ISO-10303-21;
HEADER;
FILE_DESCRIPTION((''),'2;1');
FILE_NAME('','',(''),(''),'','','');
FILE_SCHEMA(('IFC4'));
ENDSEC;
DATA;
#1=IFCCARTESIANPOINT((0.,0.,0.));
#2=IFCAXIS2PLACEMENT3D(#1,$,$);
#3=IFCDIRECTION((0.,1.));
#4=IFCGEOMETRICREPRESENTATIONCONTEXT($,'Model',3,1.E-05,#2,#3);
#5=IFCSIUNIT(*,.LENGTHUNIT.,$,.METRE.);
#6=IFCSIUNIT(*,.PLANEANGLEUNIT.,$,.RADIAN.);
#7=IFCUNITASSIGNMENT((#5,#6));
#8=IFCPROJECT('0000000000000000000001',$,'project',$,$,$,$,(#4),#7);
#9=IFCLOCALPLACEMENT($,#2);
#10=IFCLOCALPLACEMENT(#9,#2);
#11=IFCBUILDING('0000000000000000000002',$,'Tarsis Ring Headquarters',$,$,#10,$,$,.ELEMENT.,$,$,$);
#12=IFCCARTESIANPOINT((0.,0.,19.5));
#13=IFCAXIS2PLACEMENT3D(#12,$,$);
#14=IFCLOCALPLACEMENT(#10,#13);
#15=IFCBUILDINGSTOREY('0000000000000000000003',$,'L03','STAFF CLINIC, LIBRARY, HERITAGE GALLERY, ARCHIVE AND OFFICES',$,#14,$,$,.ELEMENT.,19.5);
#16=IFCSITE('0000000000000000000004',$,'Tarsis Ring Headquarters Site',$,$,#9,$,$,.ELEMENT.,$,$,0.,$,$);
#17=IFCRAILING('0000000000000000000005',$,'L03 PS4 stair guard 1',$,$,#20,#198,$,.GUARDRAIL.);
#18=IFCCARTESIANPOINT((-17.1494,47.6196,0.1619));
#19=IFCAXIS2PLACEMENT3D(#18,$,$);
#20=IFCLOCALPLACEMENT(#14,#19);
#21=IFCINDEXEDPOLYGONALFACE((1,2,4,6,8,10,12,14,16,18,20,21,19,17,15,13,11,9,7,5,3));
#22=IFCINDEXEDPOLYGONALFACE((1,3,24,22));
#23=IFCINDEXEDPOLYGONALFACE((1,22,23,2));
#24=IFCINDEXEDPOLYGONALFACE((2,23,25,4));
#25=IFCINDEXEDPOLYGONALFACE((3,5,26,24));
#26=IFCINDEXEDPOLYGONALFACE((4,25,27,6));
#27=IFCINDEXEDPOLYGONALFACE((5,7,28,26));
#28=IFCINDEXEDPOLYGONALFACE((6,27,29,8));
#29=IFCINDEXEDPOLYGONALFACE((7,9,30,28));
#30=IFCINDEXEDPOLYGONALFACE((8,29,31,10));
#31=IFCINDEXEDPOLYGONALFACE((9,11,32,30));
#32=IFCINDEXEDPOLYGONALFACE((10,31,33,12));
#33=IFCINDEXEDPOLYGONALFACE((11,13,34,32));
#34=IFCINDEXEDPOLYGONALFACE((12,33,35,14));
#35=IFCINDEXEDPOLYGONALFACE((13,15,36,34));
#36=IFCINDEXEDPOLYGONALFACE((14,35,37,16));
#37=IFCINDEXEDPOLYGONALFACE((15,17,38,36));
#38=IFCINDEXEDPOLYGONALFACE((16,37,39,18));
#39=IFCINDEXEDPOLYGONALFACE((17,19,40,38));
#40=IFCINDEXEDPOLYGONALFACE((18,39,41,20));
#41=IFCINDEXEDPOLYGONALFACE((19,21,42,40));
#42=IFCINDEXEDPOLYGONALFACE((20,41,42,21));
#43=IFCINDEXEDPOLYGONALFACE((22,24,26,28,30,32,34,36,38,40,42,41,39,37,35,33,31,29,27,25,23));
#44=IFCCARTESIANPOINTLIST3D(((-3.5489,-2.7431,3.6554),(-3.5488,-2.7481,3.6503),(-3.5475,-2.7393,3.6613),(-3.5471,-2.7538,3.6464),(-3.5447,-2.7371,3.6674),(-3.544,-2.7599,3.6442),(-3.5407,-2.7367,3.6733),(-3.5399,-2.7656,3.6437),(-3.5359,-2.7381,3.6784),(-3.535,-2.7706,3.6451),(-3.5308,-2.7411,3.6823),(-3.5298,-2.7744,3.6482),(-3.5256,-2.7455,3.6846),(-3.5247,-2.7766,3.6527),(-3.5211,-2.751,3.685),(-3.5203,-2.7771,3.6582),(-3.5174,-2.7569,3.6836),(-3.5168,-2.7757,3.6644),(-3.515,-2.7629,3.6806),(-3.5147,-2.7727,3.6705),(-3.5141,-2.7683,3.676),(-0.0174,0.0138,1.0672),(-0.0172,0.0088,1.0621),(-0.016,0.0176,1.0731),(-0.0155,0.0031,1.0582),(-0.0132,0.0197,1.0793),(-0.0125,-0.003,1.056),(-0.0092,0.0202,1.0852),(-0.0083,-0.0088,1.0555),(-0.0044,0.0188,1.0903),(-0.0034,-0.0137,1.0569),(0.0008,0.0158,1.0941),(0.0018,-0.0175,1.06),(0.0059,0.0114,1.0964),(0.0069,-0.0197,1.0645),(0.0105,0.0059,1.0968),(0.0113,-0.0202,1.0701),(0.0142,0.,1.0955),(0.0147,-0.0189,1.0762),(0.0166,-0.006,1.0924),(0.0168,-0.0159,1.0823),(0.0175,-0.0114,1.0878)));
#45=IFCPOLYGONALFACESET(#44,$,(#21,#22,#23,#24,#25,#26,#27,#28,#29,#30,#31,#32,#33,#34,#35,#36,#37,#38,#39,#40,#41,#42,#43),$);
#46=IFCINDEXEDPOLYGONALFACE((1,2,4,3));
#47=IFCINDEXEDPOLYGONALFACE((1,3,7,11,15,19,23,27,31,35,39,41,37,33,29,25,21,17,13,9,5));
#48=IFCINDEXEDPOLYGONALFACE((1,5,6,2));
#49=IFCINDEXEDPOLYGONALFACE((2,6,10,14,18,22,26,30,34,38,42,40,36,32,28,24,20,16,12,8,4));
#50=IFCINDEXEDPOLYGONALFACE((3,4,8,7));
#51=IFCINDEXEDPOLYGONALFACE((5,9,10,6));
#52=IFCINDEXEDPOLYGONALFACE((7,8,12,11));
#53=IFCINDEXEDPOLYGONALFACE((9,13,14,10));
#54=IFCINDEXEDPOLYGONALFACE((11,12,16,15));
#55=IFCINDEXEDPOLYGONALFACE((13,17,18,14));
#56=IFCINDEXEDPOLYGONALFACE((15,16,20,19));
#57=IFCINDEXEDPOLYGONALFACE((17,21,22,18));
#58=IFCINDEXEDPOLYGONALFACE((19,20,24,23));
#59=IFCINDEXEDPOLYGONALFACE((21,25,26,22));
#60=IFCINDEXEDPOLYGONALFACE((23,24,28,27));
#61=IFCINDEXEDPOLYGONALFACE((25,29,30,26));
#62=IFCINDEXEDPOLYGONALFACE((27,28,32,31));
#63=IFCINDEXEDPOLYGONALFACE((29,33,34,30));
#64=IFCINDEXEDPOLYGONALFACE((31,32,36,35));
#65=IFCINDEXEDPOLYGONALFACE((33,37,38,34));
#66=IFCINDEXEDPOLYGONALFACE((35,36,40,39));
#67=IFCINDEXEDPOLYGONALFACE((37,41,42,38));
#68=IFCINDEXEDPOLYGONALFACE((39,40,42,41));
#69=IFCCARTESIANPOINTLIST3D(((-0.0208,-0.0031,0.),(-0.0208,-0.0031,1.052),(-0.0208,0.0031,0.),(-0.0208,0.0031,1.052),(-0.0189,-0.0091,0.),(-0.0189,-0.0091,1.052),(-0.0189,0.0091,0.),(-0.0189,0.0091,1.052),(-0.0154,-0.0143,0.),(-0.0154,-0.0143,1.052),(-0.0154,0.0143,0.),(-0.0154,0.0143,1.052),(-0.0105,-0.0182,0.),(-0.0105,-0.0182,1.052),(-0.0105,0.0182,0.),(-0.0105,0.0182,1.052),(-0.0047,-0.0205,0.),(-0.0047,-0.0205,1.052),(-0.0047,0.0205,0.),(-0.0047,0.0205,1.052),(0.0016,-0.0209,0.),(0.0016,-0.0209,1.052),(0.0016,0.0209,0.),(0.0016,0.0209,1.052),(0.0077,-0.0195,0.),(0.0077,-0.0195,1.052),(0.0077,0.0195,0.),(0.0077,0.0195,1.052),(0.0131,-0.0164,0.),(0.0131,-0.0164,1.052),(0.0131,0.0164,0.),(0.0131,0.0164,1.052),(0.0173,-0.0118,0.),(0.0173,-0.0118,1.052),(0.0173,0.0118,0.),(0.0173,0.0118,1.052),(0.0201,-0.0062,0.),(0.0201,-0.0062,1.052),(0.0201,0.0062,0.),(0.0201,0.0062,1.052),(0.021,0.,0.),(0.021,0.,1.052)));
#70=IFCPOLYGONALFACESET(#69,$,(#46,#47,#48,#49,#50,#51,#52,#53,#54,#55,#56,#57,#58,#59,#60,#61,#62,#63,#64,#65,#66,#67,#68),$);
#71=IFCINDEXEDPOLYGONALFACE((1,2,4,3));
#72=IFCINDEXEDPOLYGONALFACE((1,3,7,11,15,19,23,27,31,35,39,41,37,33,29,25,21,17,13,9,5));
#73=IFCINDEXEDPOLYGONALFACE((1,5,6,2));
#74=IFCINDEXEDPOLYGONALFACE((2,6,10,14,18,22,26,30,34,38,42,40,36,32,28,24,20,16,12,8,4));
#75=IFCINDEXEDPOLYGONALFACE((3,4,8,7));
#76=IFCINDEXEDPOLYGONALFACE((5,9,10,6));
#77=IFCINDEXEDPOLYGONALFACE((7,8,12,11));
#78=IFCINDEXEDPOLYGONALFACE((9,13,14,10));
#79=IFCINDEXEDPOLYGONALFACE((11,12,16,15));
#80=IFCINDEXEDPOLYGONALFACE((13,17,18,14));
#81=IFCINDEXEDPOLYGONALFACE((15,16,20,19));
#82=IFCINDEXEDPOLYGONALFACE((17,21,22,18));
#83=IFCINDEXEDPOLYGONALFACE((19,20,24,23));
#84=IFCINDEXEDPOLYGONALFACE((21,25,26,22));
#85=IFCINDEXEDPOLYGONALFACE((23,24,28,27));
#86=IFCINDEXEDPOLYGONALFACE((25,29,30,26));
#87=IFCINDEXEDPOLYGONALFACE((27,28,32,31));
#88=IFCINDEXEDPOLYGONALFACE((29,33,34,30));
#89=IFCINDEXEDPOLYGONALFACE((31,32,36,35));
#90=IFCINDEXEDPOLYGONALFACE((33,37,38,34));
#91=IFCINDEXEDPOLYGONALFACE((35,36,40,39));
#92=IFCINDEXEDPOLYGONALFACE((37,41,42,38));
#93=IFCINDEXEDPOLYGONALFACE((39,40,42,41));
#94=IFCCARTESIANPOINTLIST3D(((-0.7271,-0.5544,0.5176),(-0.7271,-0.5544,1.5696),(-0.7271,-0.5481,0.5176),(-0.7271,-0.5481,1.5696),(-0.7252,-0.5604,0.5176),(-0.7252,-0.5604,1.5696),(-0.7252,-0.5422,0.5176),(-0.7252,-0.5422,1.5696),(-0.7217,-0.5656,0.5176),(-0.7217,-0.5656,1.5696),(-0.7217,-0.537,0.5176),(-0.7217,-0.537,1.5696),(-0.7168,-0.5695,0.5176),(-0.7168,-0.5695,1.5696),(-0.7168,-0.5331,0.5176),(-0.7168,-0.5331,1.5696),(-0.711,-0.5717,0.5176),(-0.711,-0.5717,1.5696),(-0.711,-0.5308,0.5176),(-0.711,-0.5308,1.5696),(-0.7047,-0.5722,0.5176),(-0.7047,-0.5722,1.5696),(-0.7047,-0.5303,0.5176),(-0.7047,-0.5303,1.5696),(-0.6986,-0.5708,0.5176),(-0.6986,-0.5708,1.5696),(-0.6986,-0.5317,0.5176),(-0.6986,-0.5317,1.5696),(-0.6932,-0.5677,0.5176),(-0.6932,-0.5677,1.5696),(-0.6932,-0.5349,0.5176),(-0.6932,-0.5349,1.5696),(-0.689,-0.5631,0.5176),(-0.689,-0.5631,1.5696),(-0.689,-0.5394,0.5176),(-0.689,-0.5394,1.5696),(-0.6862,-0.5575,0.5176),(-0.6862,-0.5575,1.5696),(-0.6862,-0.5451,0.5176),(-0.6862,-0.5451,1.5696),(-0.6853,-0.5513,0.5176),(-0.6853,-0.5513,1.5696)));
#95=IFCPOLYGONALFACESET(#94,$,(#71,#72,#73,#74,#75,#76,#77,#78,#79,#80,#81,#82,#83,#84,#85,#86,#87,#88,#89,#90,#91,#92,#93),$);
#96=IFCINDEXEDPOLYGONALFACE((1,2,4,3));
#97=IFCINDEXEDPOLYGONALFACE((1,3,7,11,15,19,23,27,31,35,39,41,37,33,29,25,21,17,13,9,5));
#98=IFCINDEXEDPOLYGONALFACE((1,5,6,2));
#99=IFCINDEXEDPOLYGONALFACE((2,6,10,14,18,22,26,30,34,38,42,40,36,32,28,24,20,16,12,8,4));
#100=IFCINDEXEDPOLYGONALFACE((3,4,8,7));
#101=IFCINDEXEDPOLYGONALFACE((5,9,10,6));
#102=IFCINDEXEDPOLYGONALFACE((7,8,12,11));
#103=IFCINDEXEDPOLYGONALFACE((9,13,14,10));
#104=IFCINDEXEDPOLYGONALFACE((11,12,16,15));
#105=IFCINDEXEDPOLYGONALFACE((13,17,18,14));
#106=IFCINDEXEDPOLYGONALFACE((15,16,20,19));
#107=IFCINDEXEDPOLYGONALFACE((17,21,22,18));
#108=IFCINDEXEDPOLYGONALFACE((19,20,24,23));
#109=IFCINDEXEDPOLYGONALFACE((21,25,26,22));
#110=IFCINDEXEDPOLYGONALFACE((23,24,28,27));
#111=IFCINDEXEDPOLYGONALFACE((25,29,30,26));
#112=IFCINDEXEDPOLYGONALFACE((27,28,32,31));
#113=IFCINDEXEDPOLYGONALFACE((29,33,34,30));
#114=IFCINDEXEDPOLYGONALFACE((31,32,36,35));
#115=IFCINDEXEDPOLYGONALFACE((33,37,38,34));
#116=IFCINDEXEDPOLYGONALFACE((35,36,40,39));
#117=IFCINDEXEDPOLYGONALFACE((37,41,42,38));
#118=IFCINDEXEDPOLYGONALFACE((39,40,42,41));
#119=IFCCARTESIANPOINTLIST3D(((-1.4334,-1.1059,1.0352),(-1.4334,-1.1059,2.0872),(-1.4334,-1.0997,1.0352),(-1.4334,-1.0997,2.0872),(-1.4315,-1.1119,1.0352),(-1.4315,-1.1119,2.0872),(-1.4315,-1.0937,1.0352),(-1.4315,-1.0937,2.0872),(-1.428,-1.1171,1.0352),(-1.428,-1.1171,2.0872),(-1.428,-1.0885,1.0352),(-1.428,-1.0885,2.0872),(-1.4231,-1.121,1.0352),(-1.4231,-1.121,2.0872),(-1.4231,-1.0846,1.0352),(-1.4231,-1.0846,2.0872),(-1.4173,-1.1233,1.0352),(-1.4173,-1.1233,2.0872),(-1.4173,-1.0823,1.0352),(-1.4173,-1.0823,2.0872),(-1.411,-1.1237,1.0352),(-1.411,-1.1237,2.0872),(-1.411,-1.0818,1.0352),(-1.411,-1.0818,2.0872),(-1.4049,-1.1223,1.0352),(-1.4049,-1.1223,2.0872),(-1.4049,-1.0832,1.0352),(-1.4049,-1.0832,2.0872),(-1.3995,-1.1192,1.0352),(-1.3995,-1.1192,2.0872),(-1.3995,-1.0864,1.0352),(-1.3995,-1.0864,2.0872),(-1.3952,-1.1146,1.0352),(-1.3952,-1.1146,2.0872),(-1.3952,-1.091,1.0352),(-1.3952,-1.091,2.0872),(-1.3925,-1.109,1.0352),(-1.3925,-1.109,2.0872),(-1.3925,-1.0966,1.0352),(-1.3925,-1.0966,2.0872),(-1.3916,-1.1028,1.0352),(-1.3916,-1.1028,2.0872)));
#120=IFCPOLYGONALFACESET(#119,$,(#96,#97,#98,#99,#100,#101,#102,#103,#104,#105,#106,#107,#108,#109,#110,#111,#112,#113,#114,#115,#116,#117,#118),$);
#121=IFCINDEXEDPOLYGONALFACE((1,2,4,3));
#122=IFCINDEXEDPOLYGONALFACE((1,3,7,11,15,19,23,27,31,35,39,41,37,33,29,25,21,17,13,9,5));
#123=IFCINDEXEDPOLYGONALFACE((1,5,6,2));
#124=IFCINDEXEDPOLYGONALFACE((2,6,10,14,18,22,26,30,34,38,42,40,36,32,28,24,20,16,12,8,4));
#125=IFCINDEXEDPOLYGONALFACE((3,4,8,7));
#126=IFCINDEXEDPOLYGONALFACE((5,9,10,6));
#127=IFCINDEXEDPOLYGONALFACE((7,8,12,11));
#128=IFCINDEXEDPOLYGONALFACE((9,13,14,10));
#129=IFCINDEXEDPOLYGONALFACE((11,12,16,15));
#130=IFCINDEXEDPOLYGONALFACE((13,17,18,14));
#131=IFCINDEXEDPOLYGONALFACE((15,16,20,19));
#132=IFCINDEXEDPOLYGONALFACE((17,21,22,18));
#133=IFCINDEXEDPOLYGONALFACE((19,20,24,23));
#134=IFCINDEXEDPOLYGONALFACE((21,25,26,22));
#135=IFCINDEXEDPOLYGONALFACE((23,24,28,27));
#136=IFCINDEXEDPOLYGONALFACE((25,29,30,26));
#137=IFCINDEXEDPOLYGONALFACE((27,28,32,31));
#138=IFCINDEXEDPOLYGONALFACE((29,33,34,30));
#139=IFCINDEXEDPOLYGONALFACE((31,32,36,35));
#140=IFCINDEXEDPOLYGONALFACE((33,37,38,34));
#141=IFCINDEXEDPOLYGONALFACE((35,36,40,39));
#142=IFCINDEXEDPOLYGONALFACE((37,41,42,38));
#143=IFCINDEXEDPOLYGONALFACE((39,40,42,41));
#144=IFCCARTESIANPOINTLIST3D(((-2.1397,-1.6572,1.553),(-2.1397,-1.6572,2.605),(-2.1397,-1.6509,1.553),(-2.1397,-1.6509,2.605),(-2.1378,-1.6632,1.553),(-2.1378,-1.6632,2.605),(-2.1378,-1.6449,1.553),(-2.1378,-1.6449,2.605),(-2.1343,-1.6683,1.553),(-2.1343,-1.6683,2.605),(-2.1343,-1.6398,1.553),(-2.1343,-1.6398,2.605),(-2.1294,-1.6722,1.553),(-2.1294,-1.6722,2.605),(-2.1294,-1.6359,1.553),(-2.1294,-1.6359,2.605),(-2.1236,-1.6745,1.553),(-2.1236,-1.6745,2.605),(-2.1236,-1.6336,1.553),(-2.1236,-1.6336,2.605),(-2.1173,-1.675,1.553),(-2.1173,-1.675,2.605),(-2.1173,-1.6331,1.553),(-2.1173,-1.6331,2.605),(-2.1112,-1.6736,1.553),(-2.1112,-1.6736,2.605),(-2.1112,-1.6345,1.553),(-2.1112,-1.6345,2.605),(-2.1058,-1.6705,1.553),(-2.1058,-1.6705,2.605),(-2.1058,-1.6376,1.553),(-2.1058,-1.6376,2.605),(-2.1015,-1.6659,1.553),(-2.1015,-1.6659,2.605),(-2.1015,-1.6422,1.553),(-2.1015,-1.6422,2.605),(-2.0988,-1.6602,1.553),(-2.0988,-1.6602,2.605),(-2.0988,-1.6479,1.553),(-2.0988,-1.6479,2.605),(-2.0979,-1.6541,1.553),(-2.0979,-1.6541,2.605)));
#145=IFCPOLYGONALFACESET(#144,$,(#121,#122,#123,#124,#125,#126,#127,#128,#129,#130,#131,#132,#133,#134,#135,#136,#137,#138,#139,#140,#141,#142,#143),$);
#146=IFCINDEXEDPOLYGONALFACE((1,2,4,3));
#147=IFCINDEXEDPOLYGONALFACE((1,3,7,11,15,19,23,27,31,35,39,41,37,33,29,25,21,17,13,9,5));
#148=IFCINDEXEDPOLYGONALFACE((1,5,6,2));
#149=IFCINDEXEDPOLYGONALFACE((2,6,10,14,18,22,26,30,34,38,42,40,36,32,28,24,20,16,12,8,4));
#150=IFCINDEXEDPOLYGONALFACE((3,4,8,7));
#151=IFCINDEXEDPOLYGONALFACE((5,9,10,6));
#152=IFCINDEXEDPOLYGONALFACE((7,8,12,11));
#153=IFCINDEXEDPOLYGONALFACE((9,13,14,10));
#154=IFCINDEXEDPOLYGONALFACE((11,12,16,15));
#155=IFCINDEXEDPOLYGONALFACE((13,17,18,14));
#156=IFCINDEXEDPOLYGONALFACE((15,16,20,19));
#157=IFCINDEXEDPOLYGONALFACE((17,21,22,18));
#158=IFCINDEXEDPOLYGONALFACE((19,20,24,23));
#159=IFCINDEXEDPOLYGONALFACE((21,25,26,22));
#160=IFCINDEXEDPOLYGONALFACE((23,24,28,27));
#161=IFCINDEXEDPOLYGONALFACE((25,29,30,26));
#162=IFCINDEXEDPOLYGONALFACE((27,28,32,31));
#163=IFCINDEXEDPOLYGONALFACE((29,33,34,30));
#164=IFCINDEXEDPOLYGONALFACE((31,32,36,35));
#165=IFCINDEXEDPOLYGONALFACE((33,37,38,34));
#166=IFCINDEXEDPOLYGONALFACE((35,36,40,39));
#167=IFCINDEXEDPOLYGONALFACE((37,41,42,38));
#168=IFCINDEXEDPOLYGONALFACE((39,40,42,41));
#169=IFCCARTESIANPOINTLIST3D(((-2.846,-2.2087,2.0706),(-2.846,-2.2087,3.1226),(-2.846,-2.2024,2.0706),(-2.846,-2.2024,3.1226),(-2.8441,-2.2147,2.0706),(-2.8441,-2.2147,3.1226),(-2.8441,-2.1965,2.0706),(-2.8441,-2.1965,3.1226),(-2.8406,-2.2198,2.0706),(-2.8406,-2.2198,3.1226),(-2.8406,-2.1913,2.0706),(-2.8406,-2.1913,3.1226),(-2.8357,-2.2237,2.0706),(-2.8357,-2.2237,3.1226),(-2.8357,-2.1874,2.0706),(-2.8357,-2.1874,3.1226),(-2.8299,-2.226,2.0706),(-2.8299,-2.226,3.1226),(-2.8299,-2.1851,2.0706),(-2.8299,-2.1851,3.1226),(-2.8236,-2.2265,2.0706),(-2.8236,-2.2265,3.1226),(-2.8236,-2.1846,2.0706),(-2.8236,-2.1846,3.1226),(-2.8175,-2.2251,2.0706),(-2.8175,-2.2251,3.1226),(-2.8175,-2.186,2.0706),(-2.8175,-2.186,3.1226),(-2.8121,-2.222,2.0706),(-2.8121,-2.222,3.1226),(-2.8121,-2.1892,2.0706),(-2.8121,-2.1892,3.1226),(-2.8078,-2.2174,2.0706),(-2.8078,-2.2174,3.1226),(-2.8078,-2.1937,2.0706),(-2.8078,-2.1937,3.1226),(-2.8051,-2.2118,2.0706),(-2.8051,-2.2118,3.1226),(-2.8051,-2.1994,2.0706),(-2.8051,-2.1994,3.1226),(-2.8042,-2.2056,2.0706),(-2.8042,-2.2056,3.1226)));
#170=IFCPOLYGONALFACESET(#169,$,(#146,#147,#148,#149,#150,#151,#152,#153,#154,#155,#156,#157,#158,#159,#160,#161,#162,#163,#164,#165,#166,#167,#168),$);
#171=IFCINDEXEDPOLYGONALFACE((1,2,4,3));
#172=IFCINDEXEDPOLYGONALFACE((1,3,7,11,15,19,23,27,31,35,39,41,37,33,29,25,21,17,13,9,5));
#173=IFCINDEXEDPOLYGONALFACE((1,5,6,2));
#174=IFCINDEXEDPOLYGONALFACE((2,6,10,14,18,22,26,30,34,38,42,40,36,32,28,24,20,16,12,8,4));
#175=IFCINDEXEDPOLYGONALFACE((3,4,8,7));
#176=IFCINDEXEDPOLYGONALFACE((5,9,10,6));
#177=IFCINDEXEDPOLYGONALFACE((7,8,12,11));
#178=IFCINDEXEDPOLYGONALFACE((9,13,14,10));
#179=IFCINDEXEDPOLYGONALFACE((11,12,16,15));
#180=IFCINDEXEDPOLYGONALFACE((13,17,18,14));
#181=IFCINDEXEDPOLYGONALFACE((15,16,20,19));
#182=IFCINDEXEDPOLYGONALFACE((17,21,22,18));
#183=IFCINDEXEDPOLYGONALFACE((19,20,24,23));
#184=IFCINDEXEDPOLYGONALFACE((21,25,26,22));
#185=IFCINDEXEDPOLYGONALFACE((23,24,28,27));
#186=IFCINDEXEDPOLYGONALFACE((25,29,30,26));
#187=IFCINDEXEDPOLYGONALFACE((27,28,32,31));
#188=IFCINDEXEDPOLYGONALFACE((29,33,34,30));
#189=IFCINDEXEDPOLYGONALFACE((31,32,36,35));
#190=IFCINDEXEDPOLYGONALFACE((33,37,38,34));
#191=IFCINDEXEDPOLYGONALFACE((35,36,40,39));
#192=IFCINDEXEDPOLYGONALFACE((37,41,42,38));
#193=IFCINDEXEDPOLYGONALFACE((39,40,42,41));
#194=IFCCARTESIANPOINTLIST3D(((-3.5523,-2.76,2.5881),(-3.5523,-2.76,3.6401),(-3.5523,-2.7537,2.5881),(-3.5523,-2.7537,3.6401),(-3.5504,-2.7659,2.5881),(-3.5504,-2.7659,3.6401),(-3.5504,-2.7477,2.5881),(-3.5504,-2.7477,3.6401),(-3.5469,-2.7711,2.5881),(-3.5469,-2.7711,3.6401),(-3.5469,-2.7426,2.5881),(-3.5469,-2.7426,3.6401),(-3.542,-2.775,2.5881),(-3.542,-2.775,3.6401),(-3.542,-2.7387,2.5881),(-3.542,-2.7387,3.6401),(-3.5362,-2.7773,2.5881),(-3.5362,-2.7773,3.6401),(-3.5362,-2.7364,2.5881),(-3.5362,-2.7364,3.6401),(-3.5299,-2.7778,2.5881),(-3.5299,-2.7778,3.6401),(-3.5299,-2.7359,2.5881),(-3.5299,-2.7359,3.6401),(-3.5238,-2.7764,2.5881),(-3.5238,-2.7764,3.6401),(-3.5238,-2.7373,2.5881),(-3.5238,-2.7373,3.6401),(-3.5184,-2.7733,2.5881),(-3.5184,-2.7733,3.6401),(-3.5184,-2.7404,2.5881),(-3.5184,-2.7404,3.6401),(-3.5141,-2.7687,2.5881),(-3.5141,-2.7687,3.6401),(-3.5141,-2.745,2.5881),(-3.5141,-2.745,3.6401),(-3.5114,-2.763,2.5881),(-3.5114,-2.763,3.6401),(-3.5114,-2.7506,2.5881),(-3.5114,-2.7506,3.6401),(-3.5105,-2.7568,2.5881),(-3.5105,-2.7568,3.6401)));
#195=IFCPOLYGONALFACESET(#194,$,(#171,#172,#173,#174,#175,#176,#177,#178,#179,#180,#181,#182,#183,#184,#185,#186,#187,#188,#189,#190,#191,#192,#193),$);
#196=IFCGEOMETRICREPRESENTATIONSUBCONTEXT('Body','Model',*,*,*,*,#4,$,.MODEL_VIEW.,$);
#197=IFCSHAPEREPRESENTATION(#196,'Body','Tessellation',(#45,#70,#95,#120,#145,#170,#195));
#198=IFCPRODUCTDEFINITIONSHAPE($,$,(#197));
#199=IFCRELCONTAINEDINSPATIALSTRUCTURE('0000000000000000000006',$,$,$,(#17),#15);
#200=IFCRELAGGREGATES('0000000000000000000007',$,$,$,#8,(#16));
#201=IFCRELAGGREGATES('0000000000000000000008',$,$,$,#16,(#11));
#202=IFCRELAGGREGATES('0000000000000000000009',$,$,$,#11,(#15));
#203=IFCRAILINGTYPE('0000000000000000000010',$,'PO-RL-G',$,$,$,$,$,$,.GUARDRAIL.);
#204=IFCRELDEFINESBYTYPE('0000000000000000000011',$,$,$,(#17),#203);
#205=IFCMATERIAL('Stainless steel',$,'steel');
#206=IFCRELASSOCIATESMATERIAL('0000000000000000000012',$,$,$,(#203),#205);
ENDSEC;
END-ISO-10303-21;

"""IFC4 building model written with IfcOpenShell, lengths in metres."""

from ifc_helpers import new_model, si_unit, direction, frame, origin, origin_2d, place, context, subcontext, project, spatial, circle, extrude, material, type_object, element, save


model = new_model("IFC4")

# Units and contexts
model_context = context("Model", 3, precision=1e-05, world=origin(), true_north=direction((0.0, 1.0)))
body_context = subcontext(model_context, "Body", "Model", "MODEL_VIEW")
ifc_project = project(units=[si_unit("LENGTHUNIT", "METRE"), si_unit("PLANEANGLEUNIT", "RADIAN")], contexts=[model_context])

# Site, building, storey
site_placement = place(None, origin())
site = spatial("IfcSite", under=ifc_project, at=site_placement, Name="Tarsis Ring Headquarters Site", CompositionType="ELEMENT", RefElevation=0.0)
building_placement = place(site_placement, origin())
building = spatial("IfcBuilding", under=site, at=building_placement, Name="Tarsis Ring Headquarters", CompositionType="ELEMENT")
storey_placement = place(building_placement, frame((0.0, 0.0, 19.5)))
storey = spatial("IfcBuildingStorey", under=building, at=storey_placement, Name="L03", Description="STAFF CLINIC, LIBRARY, HERITAGE GALLERY, ARCHIVE AND OFFICES", CompositionType="ELEMENT", Elevation=19.5)

# Railing
ifc_material_1 = material(Name="Stainless steel", Category="steel")
railing_type_1 = type_object("IfcRailingType", Name="PO-RL-G", PredefinedType="GUARDRAIL", material=ifc_material_1)
railing_1_placement = place(storey_placement, frame((-17.1494, 47.6196, 0.1619)))
element("IfcRailing", 1, at=railing_1_placement, inside=storey, type_object=railing_type_1, Name="L03 PS4 stair guard 1", PredefinedType="GUARDRAIL", context=body_context, shape_type="SweptSolid", body=[
    extrude(circle(Radius=0.0239, at=origin_2d()), frame((0.0, 0.0, 1.0762), z_axis=(-0.682549, -0.532827, 0.500222), x_axis=(0.615347, -0.788256, 0.0)), (0.0, 0.0, 1.0), 5.1741),
    extrude(circle(Radius=0.021, at=origin_2d()), origin(), (0.0, 0.0, 1.0), 1.052),
    extrude(circle(Radius=0.021, at=origin_2d()), frame((-0.7063, -0.5513, 0.5176)), (0.0, 0.0, 1.0), 1.052),
    extrude(circle(Radius=0.021, at=origin_2d()), frame((-1.4126, -1.1028, 1.0352)), (0.0, 0.0, 1.0), 1.052),
    extrude(circle(Radius=0.021, at=origin_2d()), frame((-2.1189, -1.6541, 1.553)), (0.0, 0.0, 1.0), 1.052),
    extrude(circle(Radius=0.021, at=origin_2d()), frame((-2.8252, -2.2056, 2.0706)), (0.0, 0.0, 1.0), 1.052),
    extrude(circle(Radius=0.021, at=origin_2d()), frame((-3.5315, -2.7568, 2.5881)), (0.0, 0.0, 1.0), 1.052),
])

save(model, "model.ifc")
